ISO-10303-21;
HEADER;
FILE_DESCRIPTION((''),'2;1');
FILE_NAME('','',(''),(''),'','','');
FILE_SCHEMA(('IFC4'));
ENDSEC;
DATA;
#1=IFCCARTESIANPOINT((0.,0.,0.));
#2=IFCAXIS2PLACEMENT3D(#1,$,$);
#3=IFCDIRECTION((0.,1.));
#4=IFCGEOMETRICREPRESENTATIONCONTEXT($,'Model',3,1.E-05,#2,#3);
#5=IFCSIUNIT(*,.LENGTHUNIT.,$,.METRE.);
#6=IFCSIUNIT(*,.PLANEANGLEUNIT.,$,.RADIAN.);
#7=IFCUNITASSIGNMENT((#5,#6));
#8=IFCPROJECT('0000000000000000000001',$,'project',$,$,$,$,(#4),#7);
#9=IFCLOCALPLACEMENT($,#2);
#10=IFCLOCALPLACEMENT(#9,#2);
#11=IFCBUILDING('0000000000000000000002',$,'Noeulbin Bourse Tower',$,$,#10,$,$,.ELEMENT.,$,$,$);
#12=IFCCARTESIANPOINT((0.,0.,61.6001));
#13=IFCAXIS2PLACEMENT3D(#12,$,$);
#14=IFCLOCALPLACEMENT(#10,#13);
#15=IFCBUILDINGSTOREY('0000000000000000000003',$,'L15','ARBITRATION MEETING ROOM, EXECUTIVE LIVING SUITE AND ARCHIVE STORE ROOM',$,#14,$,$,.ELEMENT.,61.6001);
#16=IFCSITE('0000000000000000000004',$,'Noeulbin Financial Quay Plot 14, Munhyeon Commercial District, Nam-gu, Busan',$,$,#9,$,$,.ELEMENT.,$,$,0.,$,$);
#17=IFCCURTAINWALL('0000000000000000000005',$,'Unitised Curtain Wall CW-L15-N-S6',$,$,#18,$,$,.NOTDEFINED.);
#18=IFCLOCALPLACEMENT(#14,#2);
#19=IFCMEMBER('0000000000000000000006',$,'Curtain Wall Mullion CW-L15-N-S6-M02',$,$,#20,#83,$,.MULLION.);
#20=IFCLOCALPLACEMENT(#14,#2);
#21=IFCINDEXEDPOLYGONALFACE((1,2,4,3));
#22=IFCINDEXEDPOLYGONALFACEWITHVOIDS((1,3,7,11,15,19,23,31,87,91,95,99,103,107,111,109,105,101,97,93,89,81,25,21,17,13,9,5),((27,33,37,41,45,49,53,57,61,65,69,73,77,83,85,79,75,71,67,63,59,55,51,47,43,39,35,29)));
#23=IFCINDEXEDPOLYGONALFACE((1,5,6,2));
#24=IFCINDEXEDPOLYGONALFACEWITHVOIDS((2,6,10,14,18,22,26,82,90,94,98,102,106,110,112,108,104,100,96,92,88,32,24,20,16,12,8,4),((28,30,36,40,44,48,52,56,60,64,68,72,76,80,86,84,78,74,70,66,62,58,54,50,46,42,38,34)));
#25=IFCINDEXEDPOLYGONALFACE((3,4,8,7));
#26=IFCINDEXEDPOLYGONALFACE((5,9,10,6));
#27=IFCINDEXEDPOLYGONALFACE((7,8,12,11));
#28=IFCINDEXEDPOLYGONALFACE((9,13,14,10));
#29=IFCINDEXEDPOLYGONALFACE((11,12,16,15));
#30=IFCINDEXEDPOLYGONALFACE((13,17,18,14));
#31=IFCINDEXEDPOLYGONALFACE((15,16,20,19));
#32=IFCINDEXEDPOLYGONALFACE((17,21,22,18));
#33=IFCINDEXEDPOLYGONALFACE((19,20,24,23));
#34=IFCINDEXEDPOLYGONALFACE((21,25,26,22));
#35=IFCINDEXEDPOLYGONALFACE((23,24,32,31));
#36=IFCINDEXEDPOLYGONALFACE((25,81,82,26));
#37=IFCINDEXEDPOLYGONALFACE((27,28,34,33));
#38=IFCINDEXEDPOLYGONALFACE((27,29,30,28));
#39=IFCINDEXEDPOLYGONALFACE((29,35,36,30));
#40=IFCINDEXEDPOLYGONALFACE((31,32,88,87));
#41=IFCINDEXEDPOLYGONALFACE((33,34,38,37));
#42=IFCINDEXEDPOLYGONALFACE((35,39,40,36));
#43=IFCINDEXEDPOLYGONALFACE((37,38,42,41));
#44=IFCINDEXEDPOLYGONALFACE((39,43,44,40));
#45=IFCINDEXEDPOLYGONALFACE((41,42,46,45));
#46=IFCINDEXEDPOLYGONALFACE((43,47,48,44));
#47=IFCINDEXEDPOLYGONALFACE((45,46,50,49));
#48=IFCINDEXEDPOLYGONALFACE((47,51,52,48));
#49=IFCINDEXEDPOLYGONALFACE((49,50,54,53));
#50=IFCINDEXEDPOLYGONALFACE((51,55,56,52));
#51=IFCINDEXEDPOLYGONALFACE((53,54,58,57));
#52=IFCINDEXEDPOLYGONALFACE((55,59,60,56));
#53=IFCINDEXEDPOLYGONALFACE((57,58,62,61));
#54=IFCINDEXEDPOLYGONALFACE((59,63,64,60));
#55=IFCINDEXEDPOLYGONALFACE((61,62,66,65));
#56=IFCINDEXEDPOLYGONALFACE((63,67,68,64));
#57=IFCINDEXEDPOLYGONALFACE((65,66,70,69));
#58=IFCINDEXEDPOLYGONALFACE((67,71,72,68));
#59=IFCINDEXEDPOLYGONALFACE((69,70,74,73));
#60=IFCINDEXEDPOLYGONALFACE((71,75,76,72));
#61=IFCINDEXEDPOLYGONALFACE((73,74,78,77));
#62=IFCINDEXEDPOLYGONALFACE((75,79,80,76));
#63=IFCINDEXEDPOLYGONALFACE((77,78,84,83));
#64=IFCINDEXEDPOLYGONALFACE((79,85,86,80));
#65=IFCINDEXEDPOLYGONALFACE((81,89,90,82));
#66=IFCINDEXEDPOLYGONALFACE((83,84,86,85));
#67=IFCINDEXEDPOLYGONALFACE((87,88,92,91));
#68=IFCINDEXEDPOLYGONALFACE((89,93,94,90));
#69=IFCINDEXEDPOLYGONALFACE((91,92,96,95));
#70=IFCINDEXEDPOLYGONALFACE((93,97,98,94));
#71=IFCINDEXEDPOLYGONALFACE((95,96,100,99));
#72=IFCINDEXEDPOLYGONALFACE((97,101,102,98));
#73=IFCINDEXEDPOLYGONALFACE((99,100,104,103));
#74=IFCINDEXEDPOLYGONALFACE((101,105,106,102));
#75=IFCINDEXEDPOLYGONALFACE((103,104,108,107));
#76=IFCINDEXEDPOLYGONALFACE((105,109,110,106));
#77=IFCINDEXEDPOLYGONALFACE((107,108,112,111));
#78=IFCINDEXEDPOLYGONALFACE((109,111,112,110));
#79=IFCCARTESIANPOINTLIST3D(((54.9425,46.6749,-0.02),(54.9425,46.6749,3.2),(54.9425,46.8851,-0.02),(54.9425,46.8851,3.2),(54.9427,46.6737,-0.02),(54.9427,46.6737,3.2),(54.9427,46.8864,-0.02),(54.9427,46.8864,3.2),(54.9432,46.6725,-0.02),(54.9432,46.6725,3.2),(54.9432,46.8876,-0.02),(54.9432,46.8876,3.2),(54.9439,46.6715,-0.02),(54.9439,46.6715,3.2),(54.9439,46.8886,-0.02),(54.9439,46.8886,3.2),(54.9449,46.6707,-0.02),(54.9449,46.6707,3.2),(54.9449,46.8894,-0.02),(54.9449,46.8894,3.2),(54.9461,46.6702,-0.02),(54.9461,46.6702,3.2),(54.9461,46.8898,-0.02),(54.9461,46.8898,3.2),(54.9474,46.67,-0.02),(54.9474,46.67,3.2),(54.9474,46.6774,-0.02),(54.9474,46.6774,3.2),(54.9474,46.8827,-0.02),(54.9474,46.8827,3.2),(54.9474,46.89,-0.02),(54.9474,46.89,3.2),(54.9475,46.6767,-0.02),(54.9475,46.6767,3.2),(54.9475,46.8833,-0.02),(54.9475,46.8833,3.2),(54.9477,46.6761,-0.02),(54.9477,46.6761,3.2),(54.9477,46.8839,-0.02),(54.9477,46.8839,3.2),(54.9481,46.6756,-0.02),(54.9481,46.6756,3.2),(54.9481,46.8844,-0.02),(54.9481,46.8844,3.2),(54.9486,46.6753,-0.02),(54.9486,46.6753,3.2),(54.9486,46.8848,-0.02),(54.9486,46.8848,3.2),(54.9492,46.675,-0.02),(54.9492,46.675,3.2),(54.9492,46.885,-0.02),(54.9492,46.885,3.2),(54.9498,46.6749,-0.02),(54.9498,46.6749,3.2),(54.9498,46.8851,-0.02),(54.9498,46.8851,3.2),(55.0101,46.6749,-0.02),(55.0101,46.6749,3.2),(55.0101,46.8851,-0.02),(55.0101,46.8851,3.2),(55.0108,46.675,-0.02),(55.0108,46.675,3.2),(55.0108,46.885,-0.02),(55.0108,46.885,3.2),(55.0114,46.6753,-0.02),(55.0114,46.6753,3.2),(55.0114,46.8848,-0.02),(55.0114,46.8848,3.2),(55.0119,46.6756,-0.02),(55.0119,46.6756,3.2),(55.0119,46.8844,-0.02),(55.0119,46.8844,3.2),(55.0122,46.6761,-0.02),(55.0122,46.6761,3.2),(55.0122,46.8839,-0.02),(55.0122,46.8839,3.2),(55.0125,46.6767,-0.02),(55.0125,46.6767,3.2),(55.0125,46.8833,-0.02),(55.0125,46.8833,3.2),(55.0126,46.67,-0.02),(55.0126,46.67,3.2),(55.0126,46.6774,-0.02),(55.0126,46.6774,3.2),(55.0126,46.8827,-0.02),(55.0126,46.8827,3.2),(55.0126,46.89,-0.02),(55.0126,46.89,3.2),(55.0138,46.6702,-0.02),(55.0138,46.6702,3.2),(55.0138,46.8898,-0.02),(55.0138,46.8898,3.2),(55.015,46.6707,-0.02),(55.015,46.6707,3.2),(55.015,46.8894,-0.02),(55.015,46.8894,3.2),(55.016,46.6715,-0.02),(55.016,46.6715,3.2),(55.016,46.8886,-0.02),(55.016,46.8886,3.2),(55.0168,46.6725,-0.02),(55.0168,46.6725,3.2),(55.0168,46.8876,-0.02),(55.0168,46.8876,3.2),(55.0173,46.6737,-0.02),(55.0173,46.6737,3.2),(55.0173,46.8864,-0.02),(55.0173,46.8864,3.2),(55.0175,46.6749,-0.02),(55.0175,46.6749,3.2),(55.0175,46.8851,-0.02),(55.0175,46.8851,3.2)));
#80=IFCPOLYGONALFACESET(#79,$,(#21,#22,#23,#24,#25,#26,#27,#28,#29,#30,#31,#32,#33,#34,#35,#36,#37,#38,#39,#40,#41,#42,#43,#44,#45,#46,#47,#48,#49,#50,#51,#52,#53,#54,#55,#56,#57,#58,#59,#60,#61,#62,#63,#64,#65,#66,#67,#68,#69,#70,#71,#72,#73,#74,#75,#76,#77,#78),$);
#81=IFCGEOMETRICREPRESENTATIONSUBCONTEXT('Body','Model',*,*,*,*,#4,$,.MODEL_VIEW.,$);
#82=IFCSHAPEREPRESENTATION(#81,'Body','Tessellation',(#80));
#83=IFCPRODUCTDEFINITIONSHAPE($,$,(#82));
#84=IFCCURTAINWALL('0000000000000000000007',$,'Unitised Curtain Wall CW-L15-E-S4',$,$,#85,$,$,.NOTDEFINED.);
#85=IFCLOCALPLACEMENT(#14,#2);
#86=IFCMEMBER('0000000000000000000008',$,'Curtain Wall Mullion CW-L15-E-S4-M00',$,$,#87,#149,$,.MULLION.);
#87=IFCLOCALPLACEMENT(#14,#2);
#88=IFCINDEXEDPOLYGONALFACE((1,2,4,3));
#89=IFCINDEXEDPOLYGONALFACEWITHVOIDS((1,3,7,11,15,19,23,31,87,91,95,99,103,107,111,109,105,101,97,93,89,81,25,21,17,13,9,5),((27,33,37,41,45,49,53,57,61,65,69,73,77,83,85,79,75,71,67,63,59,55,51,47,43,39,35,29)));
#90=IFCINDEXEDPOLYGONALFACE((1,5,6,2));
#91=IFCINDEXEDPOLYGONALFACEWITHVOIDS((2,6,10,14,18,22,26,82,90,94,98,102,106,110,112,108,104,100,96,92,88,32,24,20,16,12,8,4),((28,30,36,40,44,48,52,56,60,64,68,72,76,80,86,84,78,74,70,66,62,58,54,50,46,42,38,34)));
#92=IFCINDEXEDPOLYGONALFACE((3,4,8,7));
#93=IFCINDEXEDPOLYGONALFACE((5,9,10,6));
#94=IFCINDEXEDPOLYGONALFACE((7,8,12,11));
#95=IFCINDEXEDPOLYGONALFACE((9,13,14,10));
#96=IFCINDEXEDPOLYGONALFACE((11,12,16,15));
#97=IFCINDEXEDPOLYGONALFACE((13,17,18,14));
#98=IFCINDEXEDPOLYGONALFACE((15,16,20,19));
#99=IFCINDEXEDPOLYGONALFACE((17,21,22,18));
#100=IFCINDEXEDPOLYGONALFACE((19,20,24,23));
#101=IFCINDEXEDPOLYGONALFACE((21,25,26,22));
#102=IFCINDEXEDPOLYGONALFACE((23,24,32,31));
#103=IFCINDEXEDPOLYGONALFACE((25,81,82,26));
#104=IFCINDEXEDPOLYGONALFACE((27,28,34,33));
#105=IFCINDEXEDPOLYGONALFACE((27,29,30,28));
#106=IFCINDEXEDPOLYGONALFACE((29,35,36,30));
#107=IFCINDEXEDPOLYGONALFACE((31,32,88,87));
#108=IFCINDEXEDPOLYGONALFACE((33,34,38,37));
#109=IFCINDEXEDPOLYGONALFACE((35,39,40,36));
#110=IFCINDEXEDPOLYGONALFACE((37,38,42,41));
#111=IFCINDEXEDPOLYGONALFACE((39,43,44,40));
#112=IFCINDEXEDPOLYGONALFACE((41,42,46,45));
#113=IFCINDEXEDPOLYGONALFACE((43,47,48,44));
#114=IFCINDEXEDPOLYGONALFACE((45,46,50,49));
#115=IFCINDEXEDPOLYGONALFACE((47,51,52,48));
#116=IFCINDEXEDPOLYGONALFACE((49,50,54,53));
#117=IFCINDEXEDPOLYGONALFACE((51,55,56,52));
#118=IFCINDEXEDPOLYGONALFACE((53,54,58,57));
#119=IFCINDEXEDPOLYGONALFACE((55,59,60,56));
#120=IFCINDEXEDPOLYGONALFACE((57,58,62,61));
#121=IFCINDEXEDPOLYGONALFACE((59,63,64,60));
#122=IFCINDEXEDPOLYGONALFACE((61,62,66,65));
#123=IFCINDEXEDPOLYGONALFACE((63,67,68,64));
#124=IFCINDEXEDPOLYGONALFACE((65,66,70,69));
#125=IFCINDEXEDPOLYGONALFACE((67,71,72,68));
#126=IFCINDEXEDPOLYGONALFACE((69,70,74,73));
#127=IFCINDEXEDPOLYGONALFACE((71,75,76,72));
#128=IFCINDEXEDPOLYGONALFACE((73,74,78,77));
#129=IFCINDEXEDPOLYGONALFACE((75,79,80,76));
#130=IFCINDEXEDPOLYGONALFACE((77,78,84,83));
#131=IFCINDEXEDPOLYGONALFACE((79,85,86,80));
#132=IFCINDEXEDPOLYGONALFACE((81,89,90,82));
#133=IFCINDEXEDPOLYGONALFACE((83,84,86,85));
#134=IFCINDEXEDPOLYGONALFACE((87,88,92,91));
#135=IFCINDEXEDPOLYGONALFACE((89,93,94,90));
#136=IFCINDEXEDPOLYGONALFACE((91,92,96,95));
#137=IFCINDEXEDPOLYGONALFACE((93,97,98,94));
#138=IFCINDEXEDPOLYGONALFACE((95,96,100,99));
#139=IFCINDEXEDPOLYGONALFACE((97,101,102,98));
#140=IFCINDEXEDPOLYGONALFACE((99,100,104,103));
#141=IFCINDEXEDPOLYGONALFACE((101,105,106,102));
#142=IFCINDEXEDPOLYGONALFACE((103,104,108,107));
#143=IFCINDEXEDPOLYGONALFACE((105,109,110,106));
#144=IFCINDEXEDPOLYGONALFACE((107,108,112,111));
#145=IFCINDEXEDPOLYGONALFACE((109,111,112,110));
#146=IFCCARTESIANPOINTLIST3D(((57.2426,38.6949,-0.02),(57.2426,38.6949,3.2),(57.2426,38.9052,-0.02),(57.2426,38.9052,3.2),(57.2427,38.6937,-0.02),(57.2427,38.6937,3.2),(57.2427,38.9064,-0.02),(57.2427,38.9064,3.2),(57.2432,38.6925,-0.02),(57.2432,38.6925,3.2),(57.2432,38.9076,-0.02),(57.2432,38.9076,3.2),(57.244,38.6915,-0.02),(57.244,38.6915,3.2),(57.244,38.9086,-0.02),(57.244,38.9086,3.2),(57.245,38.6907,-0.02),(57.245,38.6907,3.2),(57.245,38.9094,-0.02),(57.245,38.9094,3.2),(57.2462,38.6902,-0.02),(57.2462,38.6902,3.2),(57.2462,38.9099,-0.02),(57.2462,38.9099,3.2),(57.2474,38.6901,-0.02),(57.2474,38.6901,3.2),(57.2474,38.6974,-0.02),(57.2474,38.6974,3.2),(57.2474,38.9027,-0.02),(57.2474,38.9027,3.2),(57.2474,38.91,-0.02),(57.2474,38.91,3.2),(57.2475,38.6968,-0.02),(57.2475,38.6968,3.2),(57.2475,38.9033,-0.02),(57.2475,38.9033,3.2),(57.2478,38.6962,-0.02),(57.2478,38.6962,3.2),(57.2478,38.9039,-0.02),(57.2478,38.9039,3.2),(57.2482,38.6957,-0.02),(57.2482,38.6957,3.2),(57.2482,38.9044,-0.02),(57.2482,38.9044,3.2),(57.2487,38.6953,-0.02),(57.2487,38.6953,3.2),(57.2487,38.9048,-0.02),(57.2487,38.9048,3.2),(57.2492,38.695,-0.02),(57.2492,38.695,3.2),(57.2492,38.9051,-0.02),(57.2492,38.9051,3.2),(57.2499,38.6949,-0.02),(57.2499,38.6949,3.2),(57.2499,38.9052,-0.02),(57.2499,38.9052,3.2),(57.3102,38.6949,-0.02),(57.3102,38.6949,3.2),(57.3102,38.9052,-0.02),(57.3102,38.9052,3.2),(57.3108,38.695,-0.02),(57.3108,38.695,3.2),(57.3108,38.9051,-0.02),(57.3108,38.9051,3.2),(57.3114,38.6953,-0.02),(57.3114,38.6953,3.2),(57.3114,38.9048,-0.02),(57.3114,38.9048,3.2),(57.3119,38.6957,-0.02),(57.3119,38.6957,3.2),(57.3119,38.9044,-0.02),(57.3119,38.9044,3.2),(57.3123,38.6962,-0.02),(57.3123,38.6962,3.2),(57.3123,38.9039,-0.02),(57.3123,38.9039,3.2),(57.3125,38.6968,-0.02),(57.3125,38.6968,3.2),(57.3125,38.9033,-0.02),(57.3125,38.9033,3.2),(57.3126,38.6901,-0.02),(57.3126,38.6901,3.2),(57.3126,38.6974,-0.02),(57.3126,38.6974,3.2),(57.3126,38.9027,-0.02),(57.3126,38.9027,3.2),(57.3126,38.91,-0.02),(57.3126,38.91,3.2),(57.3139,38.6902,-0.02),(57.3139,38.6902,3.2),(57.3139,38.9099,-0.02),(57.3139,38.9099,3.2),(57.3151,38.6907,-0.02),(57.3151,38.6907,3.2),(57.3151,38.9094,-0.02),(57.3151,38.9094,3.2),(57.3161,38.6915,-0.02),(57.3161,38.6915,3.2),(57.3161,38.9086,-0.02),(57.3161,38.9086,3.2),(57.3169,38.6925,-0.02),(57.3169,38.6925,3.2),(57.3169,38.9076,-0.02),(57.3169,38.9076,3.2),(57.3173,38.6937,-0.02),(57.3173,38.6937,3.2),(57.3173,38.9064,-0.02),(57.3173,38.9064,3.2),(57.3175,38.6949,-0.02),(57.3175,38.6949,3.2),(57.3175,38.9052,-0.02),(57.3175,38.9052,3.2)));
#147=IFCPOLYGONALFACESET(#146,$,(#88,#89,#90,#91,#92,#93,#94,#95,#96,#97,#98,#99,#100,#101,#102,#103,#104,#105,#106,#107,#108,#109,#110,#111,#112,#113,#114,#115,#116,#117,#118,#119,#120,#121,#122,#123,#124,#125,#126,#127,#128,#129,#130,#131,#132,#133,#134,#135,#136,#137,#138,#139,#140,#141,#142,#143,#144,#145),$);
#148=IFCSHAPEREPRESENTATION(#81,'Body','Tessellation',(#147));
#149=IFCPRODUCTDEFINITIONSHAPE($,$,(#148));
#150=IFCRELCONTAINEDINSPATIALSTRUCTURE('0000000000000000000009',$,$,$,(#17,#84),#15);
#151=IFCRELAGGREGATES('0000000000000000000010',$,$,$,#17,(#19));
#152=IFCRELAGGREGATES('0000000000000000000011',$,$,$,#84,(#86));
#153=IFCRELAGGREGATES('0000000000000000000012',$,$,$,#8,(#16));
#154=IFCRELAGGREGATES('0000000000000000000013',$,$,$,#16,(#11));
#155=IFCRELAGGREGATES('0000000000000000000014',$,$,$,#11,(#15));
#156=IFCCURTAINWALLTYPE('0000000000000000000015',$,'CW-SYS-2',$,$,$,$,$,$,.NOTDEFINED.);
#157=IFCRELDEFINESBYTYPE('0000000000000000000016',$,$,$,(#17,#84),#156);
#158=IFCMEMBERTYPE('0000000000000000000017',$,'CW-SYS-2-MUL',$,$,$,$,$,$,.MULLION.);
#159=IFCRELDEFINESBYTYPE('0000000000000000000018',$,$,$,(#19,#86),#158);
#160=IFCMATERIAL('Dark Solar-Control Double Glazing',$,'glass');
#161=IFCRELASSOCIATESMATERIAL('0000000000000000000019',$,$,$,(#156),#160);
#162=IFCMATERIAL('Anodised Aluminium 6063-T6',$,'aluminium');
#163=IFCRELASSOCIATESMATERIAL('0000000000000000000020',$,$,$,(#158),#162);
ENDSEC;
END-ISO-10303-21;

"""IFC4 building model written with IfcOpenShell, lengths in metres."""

from ifc_helpers import new_model, si_unit, direction, frame, origin, origin_2d, place, context, subcontext, project, spatial, hollow_rectangle, extrude, material, material_profile, profile_set, type_object, element, aggregate, save


model = new_model("IFC4")

# Units and contexts
model_context = context("Model", 3, precision=1e-05, world=origin(), true_north=direction((0.0, 1.0)))
body_context = subcontext(model_context, "Body", "Model", "MODEL_VIEW")
ifc_project = project(units=[si_unit("LENGTHUNIT", "METRE"), si_unit("PLANEANGLEUNIT", "RADIAN")], contexts=[model_context])

# Site, building, storey
site_placement = place(None, origin())
site = spatial("IfcSite", under=ifc_project, at=site_placement, Name="Noeulbin Financial Quay Plot 14, Munhyeon Commercial District, Nam-gu, Busan", CompositionType="ELEMENT", RefElevation=0.0)
building_placement = place(site_placement, origin())
building = spatial("IfcBuilding", under=site, at=building_placement, Name="Noeulbin Bourse Tower", CompositionType="ELEMENT")
storey_placement = place(building_placement, frame((0.0, 0.0, 61.6001)))
storey = spatial("IfcBuildingStorey", under=building, at=storey_placement, Name="L15", Description="ARBITRATION MEETING ROOM, EXECUTIVE LIVING SUITE AND ARCHIVE STORE ROOM", CompositionType="ELEMENT", Elevation=61.6001)

# Shared definitions
ifc_material_1 = material(Name="Dark Solar-Control Double Glazing", Category="glass")
curtain_wall_type = type_object("IfcCurtainWallType", Name="CW-SYS-2", PredefinedType="NOTDEFINED", material=ifc_material_1)
ifc_material_2 = material(Name="Anodised Aluminium 6063-T6", Category="aluminium")
ifc_material_profile_1 = material_profile(ifc_material_2, hollow_rectangle(XDim=0.075, YDim=0.22, WallThickness=0.0049, InnerFilletRadius=0.0024, OuterFilletRadius=0.0049, at=origin_2d()), Name="ALU-MULL-75x220x5", Category="LoadBearing")
ifc_profile_set_1 = profile_set([ifc_material_profile_1], Name="Anodised Aluminium 6063-T6")
member_type_1 = type_object("IfcMemberType", Name="CW-SYS-2-MUL", PredefinedType="MULLION", material=ifc_profile_set_1)

# Curtain walls, members
curtain_wall_1_placement = place(storey_placement, origin())
curtain_wall_1 = element("IfcCurtainWall", 1, at=curtain_wall_1_placement, inside=storey, type_object=curtain_wall_type, Name="Unitised Curtain Wall CW-L15-N-S6", PredefinedType="NOTDEFINED")
member_1_placement = place(storey_placement, frame((54.98, 46.78, -0.02), z_axis=(0.0, 0.0, 1.0), x_axis=(1.0, 0.0, 0.0)))
member_1 = element("IfcMember", 2, at=member_1_placement, type_object=member_type_1, Name="Curtain Wall Mullion CW-L15-N-S6-M02", PredefinedType="MULLION", context=body_context, shape_type="SweptSolid", body=[
    extrude(hollow_rectangle(XDim=0.075, YDim=0.22, WallThickness=0.0049, InnerFilletRadius=0.0024, OuterFilletRadius=0.0049, at=origin_2d()), origin(), (0.0, 0.0, 1.0), 3.22),
])
curtain_wall_2_placement = place(storey_placement, origin())
curtain_wall_2 = element("IfcCurtainWall", 3, at=curtain_wall_2_placement, inside=storey, type_object=curtain_wall_type, Name="Unitised Curtain Wall CW-L15-E-S4", PredefinedType="NOTDEFINED")
member_2_placement = place(storey_placement, frame((57.28, 38.8, -0.02), z_axis=(0.0, 0.0, 1.0), x_axis=(1.0, 0.0, 0.0)))
member_2 = element("IfcMember", 4, at=member_2_placement, type_object=member_type_1, Name="Curtain Wall Mullion CW-L15-E-S4-M00", PredefinedType="MULLION", context=body_context, shape_type="SweptSolid", body=[
    extrude(hollow_rectangle(XDim=0.075, YDim=0.22, WallThickness=0.0049, InnerFilletRadius=0.0024, OuterFilletRadius=0.0049, at=origin_2d()), origin(), (0.0, 0.0, 1.0), 3.22),
])

aggregate(curtain_wall_1, [member_1])
aggregate(curtain_wall_2, [member_2])

save(model, "model.ifc")
